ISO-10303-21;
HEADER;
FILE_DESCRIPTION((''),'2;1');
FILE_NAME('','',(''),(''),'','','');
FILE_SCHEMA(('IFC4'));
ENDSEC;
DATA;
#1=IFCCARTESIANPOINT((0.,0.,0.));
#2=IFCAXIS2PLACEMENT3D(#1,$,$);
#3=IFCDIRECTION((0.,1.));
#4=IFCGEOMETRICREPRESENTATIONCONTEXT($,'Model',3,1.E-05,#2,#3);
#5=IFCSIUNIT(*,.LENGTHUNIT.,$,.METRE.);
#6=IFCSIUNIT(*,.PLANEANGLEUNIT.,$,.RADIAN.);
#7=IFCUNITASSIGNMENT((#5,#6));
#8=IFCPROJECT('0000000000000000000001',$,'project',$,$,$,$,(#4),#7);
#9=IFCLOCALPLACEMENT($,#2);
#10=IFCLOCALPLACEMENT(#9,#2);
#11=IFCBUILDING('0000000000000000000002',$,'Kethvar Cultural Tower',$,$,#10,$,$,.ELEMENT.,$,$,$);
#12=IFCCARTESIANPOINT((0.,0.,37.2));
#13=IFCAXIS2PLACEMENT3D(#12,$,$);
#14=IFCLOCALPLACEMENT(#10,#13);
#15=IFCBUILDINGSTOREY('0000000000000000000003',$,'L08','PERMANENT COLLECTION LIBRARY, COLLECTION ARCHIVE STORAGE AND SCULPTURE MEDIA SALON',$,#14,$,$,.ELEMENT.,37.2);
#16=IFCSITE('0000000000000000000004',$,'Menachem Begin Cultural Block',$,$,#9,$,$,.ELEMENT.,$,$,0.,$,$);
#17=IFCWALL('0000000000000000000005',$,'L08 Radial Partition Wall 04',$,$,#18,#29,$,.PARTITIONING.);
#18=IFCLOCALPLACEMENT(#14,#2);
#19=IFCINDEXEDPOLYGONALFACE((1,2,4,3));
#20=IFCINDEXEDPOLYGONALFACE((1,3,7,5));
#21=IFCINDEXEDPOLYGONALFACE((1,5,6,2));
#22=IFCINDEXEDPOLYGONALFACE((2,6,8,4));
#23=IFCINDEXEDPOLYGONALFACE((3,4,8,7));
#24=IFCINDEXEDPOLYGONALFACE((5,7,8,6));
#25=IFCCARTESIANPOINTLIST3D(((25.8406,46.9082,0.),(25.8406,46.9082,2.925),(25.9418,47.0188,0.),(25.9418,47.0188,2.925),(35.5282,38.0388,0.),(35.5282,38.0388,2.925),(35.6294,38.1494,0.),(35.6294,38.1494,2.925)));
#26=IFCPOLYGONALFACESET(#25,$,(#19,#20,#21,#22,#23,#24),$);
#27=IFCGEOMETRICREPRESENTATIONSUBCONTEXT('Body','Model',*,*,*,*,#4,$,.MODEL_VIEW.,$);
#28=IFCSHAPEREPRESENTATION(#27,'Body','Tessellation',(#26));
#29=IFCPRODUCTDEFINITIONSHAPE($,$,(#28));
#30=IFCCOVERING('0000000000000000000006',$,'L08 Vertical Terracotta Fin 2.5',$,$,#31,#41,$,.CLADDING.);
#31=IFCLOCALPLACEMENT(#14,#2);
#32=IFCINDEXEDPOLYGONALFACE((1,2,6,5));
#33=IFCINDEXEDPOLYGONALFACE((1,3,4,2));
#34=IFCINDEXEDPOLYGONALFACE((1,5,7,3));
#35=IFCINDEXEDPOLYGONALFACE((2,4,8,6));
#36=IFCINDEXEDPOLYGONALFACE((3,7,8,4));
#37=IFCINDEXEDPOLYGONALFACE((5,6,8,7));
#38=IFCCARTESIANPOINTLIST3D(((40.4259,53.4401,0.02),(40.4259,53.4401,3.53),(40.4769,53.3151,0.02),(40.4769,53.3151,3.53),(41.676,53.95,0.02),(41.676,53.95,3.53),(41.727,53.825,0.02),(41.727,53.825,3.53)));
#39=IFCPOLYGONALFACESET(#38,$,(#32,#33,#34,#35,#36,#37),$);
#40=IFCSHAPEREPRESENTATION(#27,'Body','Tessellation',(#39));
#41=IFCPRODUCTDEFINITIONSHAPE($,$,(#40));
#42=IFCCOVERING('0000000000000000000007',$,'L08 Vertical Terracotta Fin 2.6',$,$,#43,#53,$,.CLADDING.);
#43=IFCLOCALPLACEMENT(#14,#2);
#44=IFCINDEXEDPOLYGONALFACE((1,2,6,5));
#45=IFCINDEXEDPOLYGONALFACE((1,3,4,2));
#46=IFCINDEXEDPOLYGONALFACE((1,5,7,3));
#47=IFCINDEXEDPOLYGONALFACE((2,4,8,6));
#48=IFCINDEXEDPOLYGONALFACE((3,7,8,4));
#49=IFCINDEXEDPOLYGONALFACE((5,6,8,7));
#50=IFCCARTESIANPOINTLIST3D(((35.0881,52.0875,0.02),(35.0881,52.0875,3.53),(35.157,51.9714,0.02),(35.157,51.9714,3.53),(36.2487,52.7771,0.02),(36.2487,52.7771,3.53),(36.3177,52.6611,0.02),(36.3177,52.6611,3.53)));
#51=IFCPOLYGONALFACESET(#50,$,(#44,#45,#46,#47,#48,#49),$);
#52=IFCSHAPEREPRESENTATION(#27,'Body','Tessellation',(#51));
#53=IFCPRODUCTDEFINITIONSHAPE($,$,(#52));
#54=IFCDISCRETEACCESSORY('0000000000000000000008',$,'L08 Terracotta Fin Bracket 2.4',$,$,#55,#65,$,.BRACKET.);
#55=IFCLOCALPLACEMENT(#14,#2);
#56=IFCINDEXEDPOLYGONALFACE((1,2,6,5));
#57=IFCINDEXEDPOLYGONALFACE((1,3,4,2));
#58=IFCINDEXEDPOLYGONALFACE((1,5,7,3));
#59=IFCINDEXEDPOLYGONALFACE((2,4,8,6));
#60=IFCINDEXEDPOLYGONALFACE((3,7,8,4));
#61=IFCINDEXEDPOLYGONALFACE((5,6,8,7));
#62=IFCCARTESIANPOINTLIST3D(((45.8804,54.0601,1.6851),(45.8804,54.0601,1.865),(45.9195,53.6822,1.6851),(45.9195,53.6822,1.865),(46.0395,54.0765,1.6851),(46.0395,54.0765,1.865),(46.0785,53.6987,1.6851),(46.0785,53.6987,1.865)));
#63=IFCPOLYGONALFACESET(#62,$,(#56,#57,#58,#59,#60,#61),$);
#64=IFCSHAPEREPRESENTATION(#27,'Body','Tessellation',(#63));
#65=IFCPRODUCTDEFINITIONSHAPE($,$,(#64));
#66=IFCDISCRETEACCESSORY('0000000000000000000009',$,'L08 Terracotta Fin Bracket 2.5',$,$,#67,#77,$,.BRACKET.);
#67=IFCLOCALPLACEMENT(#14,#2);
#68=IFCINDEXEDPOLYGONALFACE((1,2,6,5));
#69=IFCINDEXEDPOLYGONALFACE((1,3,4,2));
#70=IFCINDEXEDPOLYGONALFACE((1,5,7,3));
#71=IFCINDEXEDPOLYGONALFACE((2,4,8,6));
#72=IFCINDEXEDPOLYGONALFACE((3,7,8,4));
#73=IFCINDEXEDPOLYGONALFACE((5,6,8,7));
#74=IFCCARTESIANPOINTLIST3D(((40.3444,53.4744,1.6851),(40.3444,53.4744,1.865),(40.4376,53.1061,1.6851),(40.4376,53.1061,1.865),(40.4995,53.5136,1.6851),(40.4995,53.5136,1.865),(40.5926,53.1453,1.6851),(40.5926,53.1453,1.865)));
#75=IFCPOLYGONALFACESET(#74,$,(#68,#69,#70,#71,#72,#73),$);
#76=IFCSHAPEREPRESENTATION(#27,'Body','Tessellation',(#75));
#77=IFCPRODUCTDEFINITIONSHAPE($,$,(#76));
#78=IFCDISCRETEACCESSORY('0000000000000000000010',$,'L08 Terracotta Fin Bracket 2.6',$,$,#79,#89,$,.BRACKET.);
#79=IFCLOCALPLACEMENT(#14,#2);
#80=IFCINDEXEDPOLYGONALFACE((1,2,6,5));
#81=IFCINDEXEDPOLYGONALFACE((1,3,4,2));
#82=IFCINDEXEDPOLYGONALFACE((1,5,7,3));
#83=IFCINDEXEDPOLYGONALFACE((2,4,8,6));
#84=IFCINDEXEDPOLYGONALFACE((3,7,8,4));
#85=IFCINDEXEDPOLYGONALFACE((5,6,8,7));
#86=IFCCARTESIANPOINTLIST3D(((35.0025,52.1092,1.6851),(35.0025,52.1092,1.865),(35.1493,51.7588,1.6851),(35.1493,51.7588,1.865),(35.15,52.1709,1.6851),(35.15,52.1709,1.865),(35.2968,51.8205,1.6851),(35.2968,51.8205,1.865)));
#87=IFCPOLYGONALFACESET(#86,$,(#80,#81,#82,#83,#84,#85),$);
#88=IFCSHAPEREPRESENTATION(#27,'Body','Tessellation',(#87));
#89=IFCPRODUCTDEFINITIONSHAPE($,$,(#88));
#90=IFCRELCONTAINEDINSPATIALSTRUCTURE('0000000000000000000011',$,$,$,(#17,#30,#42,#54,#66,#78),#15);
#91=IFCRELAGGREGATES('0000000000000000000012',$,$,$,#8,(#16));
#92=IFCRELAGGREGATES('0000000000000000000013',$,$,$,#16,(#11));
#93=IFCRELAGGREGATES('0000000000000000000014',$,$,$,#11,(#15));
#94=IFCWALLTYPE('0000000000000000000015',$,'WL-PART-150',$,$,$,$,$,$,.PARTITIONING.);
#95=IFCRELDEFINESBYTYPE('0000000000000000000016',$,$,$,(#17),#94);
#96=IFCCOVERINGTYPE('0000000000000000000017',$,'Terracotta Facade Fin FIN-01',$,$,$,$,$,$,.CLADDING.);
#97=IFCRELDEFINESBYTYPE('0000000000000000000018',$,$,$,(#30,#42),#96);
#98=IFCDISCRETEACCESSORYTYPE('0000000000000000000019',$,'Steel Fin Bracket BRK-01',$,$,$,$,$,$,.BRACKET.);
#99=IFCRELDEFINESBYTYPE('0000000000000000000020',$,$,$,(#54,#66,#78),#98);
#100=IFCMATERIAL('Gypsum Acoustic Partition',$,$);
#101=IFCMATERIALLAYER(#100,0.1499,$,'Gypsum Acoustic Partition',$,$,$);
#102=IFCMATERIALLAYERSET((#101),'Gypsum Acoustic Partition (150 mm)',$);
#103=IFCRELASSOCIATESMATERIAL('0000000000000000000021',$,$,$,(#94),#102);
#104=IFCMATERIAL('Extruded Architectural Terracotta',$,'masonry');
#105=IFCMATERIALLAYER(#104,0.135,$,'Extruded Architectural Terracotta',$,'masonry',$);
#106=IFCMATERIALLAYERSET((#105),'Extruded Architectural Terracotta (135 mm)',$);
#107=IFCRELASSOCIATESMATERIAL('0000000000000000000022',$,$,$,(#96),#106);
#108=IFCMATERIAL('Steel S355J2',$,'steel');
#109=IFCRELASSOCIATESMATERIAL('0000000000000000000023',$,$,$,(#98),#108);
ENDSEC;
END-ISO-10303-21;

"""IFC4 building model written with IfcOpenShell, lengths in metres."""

from ifc_helpers import new_model, si_unit, direction, frame, frame_2d, origin, origin_2d, place, context, subcontext, project, spatial, rectangle, extrude, source, transform, mapped, material, layer, layer_set, type_object, element, save


model = new_model("IFC4")

# Units and contexts
model_context = context("Model", 3, precision=1e-05, world=origin(), true_north=direction((0.0, 1.0)))
body_context = subcontext(model_context, "Body", "Model", "MODEL_VIEW")
ifc_project = project(units=[si_unit("LENGTHUNIT", "METRE"), si_unit("PLANEANGLEUNIT", "RADIAN")], contexts=[model_context])

# Site, building, storey
site_placement = place(None, origin())
site = spatial("IfcSite", under=ifc_project, at=site_placement, Name="Menachem Begin Cultural Block", CompositionType="ELEMENT", RefElevation=0.0)
building_placement = place(site_placement, origin())
building = spatial("IfcBuilding", under=site, at=building_placement, Name="Kethvar Cultural Tower", CompositionType="ELEMENT")
storey_placement = place(building_placement, frame((0.0, 0.0, 37.2)))
storey = spatial("IfcBuildingStorey", under=building, at=storey_placement, Name="L08", Description="PERMANENT COLLECTION LIBRARY, COLLECTION ARCHIVE STORAGE AND SCULPTURE MEDIA SALON", CompositionType="ELEMENT", Elevation=37.2)

# Shared definitions
ifc_material_1 = material(Name="Steel S355J2", Category="steel")

# Wall
ifc_material_2 = material(Name="Gypsum Acoustic Partition")
ifc_layer_1 = layer(ifc_material_2, 0.1499, Name="Gypsum Acoustic Partition")
ifc_layer_set_1 = layer_set([ifc_layer_1], Name="Gypsum Acoustic Partition (150 mm)")
wall_type = type_object("IfcWallType", Name="WL-PART-150", PredefinedType="PARTITIONING", material=ifc_layer_set_1)
wall_placement = place(storey_placement, frame((35.5789, 38.094, 0.0), z_axis=(0.0, 0.0, 1.0), x_axis=(-0.737564, 0.675277, 0.0)))
element("IfcWall", 1, at=wall_placement, inside=storey, type_object=wall_type, Name="L08 Radial Partition Wall 04", PredefinedType="PARTITIONING", context=body_context, shape_type="SweptSolid", body=[
    extrude(rectangle(XDim=13.1345, YDim=0.1499, at=frame_2d((6.5674, 0.0))), origin(), (0.0, 0.0, 1.0), 2.925),
])

# Coverings
ifc_material_3 = material(Name="Extruded Architectural Terracotta", Category="masonry")
ifc_layer_2 = layer(ifc_material_3, 0.135, Name="Extruded Architectural Terracotta", Category="masonry")
ifc_layer_set_2 = layer_set([ifc_layer_2], Name="Extruded Architectural Terracotta (135 mm)")
covering_type = type_object("IfcCoveringType", Name="Terracotta Facade Fin FIN-01", PredefinedType="CLADDING", material=ifc_layer_set_2)
shared_shape_1 = source(origin(), body_context, "Body", "SweptSolid", [
    extrude(rectangle(XDim=1.3501, YDim=0.135, at=origin_2d()), origin(), (0.0, 0.0, 1.0), 3.51),
])
for number, where, z_axis, x_axis, name in (
    (2, (41.0764, 53.6326, 0.02), (0.0, 0.0, 1.0), (0.925937, 0.377679, 0.0), "L08 Vertical Terracotta Fin 2.5"),
    (3, (35.7029, 52.3743, 0.02), (0.0, 0.0, 1.0), (0.859674, 0.510843, 0.0), "L08 Vertical Terracotta Fin 2.6"),
):
    element("IfcCovering", number, at=place(storey_placement, frame(where, z_axis=z_axis, x_axis=x_axis)), inside=storey, type_object=covering_type, Name=name, PredefinedType="CLADDING", context=body_context, shape_type="MappedRepresentation", body=[
        mapped(shared_shape_1, transform((0.0, 0.0, 0.0), scale=1.0)),
    ])

# Discrete accessories
discrete_accessory_type = type_object("IfcDiscreteAccessoryType", Name="Steel Fin Bracket BRK-01", PredefinedType="BRACKET", material=ifc_material_1)
shared_shape_2 = source(origin(), body_context, "Body", "SweptSolid", [
    extrude(rectangle(XDim=0.3799, YDim=0.1599, at=origin_2d()), origin(), (0.0, 0.0, 1.0), 0.1799),
])
for number, where, z_axis, x_axis, name in (
    (4, (45.9795, 53.8794, 1.6851), (0.0, 0.0, 1.0), (-0.102793, 0.994703, 0.0), "L08 Terracotta Fin Bracket 2.4"),
    (5, (40.4685, 53.3098, 1.6851), (0.0, 0.0, 1.0), (-0.245138, 0.969488, 0.0), "L08 Terracotta Fin Bracket 2.5"),
    (6, (35.1497, 51.9648, 1.6851), (0.0, 0.0, 1.0), (-0.386228, 0.922403, 0.0), "L08 Terracotta Fin Bracket 2.6"),
):
    element("IfcDiscreteAccessory", number, at=place(storey_placement, frame(where, z_axis=z_axis, x_axis=x_axis)), inside=storey, type_object=discrete_accessory_type, Name=name, PredefinedType="BRACKET", context=body_context, shape_type="MappedRepresentation", body=[
        mapped(shared_shape_2, transform((0.0, 0.0, 0.0), scale=1.0)),
    ])

save(model, "model.ifc")
